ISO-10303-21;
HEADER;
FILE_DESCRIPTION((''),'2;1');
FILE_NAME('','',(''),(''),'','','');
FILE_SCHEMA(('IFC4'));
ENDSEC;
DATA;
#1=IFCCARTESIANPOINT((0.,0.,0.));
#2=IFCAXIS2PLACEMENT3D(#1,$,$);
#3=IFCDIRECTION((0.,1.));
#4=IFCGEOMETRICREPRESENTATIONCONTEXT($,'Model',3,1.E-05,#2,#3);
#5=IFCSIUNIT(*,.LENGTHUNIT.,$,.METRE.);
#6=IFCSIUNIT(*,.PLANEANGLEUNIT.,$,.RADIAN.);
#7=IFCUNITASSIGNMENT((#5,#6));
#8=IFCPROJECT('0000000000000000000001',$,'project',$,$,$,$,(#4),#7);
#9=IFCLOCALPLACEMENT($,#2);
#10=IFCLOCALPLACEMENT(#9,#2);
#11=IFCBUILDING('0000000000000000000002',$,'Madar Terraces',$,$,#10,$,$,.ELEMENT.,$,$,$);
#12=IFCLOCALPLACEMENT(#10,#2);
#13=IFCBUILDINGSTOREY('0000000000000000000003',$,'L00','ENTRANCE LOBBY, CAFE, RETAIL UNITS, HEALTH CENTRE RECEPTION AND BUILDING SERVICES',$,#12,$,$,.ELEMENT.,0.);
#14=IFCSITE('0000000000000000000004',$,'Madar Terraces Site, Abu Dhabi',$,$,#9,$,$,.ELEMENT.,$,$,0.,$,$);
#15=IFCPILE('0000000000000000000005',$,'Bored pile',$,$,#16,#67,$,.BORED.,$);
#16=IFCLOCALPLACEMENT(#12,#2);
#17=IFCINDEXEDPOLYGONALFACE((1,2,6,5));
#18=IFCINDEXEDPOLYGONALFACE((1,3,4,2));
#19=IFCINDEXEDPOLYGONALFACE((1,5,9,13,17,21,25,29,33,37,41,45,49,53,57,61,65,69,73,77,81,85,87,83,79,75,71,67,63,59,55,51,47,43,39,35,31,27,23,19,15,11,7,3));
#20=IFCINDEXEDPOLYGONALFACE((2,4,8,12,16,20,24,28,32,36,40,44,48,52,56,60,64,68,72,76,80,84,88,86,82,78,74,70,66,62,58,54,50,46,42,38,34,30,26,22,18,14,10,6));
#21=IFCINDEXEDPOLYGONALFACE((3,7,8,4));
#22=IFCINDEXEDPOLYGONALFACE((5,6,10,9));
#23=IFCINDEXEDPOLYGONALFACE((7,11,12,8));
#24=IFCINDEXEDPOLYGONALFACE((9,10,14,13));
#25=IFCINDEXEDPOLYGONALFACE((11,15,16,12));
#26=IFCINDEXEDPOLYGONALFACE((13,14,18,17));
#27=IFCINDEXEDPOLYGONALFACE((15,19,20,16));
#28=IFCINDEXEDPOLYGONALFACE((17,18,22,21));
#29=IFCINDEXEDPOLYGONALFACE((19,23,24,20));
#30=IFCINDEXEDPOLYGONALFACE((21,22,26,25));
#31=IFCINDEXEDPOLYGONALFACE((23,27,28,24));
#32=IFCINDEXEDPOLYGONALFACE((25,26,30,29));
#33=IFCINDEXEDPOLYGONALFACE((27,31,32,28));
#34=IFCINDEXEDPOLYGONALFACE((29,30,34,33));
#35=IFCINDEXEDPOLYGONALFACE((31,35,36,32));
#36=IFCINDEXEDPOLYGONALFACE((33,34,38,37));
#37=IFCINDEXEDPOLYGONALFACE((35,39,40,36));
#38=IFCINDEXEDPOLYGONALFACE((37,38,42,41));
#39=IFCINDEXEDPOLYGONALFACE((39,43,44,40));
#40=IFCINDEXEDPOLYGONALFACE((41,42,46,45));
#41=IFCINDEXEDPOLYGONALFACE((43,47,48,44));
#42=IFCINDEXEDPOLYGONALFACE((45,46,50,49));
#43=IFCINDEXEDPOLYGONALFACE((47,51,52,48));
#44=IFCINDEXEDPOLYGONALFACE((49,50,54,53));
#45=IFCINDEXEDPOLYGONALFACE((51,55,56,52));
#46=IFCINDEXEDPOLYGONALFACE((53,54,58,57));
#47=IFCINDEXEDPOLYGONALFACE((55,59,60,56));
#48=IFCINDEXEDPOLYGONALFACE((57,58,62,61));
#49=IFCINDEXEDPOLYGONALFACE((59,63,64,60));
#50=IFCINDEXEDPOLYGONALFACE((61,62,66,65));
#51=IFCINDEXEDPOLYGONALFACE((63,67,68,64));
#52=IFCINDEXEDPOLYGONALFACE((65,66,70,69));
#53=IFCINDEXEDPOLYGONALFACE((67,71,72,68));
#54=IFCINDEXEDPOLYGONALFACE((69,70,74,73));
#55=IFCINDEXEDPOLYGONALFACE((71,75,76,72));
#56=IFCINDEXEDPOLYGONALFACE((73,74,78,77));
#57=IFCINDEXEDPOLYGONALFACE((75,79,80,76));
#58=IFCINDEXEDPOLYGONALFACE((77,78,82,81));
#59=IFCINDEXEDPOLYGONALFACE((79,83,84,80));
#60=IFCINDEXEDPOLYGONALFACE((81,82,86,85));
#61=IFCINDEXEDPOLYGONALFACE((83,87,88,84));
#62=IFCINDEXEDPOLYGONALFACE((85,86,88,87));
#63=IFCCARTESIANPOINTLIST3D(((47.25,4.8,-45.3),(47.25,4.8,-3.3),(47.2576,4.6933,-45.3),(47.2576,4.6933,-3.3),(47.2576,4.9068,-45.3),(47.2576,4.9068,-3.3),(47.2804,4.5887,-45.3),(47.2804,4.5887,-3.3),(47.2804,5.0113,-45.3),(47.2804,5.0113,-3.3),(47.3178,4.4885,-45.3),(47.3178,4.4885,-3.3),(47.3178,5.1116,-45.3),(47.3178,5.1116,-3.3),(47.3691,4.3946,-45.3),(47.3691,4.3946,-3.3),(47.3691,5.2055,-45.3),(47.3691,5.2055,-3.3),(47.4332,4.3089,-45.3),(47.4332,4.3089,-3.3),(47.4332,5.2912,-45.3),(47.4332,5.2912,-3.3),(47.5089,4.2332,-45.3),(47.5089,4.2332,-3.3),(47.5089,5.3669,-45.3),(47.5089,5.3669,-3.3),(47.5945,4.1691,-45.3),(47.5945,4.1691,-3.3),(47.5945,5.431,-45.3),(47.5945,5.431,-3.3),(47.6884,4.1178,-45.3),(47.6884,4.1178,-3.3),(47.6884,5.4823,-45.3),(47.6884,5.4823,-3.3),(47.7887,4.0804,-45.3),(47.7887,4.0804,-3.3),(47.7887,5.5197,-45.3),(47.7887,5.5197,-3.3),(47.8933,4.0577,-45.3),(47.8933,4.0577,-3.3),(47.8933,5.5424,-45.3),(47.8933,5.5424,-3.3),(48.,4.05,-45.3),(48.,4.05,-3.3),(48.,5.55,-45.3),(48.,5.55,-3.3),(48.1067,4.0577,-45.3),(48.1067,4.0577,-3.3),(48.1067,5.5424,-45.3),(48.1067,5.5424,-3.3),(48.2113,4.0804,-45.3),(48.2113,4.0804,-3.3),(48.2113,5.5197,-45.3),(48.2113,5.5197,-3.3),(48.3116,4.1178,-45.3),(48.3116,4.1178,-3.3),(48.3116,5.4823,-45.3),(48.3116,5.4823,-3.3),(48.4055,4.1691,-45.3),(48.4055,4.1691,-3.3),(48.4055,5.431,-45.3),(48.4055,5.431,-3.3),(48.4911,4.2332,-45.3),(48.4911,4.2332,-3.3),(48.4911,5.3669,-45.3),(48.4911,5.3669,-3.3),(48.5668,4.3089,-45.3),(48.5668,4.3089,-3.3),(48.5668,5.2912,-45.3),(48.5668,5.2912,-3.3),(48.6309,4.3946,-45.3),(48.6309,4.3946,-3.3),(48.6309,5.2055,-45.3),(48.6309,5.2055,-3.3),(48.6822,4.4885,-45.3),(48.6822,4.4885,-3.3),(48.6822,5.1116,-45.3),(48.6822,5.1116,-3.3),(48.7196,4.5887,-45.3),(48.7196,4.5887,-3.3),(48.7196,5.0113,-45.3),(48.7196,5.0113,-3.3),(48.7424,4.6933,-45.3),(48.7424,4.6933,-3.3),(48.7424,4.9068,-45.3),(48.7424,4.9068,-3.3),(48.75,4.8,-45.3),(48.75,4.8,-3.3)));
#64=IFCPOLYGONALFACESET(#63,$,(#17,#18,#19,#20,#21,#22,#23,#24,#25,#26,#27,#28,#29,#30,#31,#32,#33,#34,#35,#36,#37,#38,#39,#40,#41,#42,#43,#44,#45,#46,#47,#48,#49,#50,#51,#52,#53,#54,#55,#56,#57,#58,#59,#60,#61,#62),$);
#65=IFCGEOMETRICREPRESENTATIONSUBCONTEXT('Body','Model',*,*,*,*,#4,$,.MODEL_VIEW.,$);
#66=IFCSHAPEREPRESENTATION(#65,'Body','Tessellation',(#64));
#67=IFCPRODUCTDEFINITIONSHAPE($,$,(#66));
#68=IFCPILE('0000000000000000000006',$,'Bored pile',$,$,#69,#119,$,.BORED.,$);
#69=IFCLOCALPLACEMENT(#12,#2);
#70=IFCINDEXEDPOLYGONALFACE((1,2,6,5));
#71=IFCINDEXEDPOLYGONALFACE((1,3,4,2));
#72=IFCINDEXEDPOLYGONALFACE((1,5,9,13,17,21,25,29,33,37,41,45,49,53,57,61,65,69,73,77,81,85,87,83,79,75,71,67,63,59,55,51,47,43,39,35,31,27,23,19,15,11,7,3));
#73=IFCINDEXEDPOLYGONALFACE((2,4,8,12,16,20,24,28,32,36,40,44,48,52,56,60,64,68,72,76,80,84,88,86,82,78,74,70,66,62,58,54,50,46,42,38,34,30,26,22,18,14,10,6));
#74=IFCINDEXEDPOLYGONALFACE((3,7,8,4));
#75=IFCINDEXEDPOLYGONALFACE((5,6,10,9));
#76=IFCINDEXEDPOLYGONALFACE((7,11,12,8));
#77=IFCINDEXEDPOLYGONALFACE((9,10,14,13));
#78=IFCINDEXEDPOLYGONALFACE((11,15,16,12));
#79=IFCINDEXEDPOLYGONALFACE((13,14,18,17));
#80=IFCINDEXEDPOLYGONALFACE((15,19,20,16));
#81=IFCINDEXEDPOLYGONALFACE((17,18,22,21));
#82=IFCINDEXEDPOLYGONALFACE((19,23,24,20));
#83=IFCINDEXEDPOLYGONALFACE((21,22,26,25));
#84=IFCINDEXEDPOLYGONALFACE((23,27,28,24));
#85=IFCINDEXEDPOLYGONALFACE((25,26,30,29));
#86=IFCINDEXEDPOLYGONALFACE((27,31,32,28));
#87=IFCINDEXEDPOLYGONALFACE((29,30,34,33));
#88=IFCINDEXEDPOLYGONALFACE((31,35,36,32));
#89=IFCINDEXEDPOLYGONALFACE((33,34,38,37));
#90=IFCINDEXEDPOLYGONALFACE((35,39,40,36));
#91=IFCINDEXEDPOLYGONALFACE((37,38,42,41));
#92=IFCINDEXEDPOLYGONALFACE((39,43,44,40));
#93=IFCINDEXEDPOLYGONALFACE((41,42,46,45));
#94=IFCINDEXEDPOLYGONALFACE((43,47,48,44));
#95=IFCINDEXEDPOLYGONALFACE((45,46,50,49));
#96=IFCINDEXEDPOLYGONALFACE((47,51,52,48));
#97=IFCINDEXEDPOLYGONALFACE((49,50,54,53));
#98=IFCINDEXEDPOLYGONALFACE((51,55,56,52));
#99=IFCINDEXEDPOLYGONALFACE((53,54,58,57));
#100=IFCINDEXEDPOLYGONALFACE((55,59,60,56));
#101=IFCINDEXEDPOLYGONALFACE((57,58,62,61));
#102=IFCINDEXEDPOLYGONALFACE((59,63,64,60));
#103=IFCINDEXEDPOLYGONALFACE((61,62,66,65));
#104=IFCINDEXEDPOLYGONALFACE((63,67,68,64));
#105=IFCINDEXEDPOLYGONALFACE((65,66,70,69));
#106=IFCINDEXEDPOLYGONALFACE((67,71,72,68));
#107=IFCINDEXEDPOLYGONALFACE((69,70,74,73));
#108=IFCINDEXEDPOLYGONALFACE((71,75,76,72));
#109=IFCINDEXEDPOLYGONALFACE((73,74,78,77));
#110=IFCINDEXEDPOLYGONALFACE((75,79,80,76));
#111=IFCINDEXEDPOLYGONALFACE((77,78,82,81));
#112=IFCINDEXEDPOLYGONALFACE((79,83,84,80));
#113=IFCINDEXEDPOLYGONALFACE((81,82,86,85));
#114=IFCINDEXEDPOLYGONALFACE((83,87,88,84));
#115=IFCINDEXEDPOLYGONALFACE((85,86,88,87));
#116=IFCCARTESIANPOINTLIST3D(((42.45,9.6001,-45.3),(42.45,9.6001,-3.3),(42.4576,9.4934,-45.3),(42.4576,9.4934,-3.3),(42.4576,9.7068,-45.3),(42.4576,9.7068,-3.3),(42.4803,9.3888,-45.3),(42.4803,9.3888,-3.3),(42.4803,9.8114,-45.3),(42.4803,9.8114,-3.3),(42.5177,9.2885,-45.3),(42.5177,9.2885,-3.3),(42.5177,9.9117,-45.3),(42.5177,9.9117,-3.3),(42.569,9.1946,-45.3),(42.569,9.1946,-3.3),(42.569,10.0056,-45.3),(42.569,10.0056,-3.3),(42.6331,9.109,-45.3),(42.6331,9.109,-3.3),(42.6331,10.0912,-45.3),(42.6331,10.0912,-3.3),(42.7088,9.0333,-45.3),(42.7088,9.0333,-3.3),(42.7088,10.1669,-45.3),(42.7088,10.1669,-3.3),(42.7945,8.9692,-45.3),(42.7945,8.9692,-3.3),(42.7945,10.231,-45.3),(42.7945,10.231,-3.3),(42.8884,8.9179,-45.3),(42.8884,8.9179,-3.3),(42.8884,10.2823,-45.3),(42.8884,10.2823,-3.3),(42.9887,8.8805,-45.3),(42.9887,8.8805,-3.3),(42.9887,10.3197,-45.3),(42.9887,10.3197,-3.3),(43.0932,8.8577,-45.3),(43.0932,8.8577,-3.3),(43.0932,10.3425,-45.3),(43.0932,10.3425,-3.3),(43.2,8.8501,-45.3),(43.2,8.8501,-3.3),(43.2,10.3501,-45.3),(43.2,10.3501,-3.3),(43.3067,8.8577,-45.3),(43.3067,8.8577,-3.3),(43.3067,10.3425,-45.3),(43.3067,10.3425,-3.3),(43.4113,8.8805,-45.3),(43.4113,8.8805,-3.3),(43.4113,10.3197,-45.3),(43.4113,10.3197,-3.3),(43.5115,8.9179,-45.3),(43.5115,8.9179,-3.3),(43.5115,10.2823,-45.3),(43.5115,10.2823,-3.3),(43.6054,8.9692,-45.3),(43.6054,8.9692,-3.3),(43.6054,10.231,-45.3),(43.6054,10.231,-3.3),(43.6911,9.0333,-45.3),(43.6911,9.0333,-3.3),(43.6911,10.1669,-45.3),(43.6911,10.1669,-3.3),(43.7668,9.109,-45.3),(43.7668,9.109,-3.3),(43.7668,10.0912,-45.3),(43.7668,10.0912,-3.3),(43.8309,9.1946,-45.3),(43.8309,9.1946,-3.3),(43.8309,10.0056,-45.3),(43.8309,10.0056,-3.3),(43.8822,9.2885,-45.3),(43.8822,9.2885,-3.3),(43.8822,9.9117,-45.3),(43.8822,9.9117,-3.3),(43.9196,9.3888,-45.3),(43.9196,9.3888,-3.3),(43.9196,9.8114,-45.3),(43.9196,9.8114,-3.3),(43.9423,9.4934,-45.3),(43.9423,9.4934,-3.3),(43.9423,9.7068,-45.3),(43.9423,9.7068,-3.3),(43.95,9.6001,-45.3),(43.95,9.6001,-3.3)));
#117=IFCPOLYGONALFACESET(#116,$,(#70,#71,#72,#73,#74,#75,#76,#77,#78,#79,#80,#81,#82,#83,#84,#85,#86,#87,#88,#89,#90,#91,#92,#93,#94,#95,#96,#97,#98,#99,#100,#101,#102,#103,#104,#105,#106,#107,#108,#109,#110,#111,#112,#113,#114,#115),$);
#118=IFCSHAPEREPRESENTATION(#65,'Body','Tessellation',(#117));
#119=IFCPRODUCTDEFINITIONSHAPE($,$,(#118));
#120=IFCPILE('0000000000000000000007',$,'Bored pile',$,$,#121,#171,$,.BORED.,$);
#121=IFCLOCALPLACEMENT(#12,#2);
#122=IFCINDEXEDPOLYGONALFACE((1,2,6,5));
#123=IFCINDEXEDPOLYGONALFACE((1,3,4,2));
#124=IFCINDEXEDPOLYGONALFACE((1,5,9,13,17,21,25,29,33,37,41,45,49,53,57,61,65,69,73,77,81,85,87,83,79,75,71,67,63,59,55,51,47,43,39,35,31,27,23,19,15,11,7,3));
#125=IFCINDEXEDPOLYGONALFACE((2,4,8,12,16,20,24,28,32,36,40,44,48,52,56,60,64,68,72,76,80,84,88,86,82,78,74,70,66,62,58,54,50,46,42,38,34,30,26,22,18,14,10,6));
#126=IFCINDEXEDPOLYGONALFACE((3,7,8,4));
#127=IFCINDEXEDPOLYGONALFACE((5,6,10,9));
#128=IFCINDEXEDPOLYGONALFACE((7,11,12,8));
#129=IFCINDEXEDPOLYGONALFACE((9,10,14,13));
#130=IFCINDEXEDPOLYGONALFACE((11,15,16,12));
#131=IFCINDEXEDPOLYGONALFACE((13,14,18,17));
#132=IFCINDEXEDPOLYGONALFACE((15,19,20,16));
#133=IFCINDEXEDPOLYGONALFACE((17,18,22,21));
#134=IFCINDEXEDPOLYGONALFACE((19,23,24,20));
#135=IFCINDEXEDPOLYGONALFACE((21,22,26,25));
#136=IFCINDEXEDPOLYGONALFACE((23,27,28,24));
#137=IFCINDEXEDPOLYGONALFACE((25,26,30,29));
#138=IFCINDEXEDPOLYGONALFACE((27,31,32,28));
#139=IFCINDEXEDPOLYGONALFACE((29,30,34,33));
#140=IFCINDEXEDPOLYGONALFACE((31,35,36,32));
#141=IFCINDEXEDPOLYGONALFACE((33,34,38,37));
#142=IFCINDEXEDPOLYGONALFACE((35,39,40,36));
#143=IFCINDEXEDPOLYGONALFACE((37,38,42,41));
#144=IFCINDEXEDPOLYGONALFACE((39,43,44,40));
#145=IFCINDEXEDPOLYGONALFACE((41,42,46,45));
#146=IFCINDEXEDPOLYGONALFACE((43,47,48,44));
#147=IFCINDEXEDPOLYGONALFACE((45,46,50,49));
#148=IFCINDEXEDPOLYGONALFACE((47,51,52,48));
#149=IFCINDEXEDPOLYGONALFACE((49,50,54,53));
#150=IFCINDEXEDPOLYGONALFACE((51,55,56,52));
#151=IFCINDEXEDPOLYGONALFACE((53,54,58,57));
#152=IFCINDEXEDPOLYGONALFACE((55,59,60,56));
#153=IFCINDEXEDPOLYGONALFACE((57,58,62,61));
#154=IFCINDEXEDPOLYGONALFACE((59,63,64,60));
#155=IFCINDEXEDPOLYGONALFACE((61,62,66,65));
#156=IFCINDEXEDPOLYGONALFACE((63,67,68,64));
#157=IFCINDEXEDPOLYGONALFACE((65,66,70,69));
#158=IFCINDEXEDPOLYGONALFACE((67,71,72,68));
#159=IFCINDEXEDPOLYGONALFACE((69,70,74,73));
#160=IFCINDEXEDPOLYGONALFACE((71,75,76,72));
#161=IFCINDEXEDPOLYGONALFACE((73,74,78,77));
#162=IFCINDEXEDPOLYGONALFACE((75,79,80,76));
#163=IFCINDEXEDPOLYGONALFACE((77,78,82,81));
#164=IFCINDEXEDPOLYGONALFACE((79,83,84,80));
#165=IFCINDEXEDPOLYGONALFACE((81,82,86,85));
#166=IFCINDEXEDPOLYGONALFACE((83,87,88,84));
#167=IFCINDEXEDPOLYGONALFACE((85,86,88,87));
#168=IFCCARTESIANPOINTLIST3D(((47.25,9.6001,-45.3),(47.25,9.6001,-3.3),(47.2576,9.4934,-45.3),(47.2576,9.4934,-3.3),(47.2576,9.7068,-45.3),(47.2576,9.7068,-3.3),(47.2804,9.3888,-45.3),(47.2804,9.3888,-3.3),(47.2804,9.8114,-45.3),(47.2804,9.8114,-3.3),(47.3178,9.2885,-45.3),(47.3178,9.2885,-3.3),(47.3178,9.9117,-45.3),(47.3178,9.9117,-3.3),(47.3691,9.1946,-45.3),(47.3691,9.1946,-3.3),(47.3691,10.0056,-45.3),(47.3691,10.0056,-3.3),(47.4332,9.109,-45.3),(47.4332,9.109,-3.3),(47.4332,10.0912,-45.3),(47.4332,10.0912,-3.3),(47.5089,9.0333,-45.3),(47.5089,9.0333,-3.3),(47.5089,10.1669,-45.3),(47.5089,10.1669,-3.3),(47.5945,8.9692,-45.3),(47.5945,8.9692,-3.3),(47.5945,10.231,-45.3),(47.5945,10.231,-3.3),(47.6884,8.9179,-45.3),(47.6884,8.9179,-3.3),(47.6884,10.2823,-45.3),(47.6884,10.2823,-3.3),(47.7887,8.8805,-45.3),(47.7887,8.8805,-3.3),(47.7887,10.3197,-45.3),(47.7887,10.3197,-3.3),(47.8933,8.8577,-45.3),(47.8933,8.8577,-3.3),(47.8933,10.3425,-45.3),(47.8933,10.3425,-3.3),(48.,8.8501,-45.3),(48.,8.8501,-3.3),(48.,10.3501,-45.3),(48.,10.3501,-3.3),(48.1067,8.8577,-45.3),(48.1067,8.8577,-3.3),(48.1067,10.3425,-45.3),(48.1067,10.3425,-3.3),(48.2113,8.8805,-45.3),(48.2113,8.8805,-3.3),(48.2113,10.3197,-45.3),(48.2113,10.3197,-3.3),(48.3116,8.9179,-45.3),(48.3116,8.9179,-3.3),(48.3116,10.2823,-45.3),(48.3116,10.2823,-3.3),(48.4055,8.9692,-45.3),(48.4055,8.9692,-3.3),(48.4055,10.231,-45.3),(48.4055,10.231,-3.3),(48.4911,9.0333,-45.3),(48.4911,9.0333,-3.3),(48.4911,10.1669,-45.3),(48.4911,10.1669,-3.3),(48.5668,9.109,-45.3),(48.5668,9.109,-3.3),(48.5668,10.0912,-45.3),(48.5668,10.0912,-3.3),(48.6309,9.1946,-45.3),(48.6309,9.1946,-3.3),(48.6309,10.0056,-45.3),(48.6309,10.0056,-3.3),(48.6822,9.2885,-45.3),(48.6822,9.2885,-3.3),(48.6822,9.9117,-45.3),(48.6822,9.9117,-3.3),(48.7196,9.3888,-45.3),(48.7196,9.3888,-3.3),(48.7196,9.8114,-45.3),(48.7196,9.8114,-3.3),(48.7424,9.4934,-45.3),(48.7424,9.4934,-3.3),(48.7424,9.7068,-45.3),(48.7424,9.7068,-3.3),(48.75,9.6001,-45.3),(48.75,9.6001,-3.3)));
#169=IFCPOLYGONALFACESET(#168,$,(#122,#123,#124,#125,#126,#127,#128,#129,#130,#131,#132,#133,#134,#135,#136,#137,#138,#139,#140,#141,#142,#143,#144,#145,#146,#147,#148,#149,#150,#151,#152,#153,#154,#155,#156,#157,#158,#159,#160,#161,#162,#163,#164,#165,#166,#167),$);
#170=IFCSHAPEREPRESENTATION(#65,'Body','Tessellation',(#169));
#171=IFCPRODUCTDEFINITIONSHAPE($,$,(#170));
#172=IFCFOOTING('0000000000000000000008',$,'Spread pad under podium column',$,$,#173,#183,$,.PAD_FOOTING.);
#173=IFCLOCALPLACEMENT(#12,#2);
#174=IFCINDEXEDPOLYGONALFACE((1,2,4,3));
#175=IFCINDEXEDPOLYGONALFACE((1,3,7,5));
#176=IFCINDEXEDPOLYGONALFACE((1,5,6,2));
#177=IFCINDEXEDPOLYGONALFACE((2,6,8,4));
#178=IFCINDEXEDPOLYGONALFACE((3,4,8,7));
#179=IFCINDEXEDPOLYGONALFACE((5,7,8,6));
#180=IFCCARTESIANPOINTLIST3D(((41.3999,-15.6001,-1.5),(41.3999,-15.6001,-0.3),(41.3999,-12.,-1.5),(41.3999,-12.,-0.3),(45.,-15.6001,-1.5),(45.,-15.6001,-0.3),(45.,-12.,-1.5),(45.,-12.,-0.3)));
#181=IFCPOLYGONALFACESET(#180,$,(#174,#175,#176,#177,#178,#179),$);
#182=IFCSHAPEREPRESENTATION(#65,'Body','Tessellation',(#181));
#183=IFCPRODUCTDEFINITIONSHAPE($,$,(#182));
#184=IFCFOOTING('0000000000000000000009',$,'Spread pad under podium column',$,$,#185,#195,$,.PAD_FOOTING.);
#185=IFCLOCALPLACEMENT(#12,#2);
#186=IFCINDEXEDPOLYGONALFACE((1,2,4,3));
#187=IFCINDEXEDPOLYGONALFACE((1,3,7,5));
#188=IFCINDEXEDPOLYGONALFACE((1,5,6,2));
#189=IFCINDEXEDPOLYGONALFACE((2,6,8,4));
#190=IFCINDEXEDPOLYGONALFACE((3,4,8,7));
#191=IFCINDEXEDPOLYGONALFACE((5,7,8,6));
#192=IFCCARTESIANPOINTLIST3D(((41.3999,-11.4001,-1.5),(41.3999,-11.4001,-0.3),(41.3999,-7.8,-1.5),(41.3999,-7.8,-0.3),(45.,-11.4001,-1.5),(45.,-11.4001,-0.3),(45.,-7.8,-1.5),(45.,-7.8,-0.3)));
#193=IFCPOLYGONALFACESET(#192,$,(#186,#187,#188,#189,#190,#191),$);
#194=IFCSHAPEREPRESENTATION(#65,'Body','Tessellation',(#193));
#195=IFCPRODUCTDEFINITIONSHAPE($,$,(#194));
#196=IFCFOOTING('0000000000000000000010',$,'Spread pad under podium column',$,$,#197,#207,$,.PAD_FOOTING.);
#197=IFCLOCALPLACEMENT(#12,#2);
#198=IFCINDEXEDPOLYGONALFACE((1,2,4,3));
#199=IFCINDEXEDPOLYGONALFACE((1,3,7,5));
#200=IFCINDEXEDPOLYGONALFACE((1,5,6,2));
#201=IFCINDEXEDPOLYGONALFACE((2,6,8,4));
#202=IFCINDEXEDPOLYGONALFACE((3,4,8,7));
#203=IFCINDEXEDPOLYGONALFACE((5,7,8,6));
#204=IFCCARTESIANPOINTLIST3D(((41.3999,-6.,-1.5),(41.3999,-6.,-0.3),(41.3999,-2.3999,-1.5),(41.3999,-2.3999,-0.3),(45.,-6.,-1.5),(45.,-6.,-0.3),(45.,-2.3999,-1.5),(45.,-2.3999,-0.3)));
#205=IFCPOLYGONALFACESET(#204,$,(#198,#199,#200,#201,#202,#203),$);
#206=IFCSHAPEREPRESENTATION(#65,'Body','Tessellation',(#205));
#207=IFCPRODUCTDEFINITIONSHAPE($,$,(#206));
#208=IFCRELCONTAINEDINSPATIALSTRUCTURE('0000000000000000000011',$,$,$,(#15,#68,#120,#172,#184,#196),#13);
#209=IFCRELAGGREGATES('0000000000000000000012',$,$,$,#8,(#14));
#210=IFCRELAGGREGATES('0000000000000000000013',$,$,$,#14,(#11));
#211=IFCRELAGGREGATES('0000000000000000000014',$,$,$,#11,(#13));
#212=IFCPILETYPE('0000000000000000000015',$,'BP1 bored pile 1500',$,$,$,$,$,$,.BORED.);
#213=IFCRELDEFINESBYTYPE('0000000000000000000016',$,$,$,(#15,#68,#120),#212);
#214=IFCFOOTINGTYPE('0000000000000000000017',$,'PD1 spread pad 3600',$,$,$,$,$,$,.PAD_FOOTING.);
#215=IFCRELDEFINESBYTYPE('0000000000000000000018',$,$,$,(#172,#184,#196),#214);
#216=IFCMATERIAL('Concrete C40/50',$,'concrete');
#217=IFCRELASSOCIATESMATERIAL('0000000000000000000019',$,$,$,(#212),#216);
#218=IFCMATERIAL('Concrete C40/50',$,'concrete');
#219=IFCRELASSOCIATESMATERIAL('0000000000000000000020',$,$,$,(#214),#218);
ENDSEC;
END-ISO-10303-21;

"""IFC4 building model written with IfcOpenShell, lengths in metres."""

from ifc_helpers import new_model, si_unit, direction, frame, origin, origin_2d, place, context, subcontext, project, spatial, rectangle, circle, extrude, material, material_profile, profile_set, type_object, element, save


model = new_model("IFC4")

# Units and contexts
model_context = context("Model", 3, precision=1e-05, world=origin(), true_north=direction((0.0, 1.0)))
body_context = subcontext(model_context, "Body", "Model", "MODEL_VIEW")
ifc_project = project(units=[si_unit("LENGTHUNIT", "METRE"), si_unit("PLANEANGLEUNIT", "RADIAN")], contexts=[model_context])

# Site, building, storey
site_placement = place(None, origin())
site = spatial("IfcSite", under=ifc_project, at=site_placement, Name="Madar Terraces Site, Abu Dhabi", CompositionType="ELEMENT", RefElevation=0.0)
building_placement = place(site_placement, origin())
building = spatial("IfcBuilding", under=site, at=building_placement, Name="Madar Terraces", CompositionType="ELEMENT")
storey_placement = place(building_placement, origin())
storey = spatial("IfcBuildingStorey", under=building, at=storey_placement, Name="L00", Description="ENTRANCE LOBBY, CAFE, RETAIL UNITS, HEALTH CENTRE RECEPTION AND BUILDING SERVICES", CompositionType="ELEMENT", Elevation=0.0)

# Piles
ifc_material_1 = material(Name="Concrete C40/50", Category="concrete")
ifc_material_profile_1 = material_profile(ifc_material_1, circle(Radius=0.75, at=origin_2d()), Name="BP1 bored pile 1500")
ifc_profile_set_1 = profile_set([ifc_material_profile_1], Name="Concrete C40/50")
pile_type = type_object("IfcPileType", Name="BP1 bored pile 1500", PredefinedType="BORED", material=ifc_profile_set_1)
for number, where, z_axis, x_axis, name in (
    (1, (48.0, 4.8, -3.3), (0.0, 0.0, -1.0), (1.0, 0.0, 0.0), "Bored pile"),
    (2, (43.2, 9.6001, -3.3), (0.0, 0.0, -1.0), (1.0, 0.0, 0.0), "Bored pile"),
    (3, (48.0, 9.6001, -3.3), (0.0, 0.0, -1.0), (1.0, 0.0, 0.0), "Bored pile"),
):
    element("IfcPile", number, at=place(storey_placement, frame(where, z_axis=z_axis, x_axis=x_axis)), inside=storey, type_object=pile_type, Name=name, PredefinedType="BORED", context=body_context, shape_type="SweptSolid", body=[
        extrude(circle(Radius=0.75, at=origin_2d()), origin(), (0.0, 0.0, 1.0), 42.0),
    ])

# Footings
ifc_material_2 = material(Name="Concrete C40/50", Category="concrete")
footing_type = type_object("IfcFootingType", Name="PD1 spread pad 3600", PredefinedType="PAD_FOOTING", material=ifc_material_2)
for number, where, z_axis, x_axis, name in (
    (4, (43.2, -13.8, -1.5), (0.0, 0.0, 1.0), (1.0, 0.0, 0.0), "Spread pad under podium column"),
    (5, (43.2, -9.6001, -1.5), (0.0, 0.0, 1.0), (1.0, 0.0, 0.0), "Spread pad under podium column"),
    (6, (43.2, -4.2, -1.5), (0.0, 0.0, 1.0), (1.0, 0.0, 0.0), "Spread pad under podium column"),
):
    element("IfcFooting", number, at=place(storey_placement, frame(where, z_axis=z_axis, x_axis=x_axis)), inside=storey, type_object=footing_type, Name=name, PredefinedType="PAD_FOOTING", context=body_context, shape_type="SweptSolid", body=[
        extrude(rectangle(XDim=3.6001, YDim=3.6001, at=origin_2d()), origin(), (0.0, 0.0, 1.0), 1.2),
    ])

save(model, "model.ifc")
